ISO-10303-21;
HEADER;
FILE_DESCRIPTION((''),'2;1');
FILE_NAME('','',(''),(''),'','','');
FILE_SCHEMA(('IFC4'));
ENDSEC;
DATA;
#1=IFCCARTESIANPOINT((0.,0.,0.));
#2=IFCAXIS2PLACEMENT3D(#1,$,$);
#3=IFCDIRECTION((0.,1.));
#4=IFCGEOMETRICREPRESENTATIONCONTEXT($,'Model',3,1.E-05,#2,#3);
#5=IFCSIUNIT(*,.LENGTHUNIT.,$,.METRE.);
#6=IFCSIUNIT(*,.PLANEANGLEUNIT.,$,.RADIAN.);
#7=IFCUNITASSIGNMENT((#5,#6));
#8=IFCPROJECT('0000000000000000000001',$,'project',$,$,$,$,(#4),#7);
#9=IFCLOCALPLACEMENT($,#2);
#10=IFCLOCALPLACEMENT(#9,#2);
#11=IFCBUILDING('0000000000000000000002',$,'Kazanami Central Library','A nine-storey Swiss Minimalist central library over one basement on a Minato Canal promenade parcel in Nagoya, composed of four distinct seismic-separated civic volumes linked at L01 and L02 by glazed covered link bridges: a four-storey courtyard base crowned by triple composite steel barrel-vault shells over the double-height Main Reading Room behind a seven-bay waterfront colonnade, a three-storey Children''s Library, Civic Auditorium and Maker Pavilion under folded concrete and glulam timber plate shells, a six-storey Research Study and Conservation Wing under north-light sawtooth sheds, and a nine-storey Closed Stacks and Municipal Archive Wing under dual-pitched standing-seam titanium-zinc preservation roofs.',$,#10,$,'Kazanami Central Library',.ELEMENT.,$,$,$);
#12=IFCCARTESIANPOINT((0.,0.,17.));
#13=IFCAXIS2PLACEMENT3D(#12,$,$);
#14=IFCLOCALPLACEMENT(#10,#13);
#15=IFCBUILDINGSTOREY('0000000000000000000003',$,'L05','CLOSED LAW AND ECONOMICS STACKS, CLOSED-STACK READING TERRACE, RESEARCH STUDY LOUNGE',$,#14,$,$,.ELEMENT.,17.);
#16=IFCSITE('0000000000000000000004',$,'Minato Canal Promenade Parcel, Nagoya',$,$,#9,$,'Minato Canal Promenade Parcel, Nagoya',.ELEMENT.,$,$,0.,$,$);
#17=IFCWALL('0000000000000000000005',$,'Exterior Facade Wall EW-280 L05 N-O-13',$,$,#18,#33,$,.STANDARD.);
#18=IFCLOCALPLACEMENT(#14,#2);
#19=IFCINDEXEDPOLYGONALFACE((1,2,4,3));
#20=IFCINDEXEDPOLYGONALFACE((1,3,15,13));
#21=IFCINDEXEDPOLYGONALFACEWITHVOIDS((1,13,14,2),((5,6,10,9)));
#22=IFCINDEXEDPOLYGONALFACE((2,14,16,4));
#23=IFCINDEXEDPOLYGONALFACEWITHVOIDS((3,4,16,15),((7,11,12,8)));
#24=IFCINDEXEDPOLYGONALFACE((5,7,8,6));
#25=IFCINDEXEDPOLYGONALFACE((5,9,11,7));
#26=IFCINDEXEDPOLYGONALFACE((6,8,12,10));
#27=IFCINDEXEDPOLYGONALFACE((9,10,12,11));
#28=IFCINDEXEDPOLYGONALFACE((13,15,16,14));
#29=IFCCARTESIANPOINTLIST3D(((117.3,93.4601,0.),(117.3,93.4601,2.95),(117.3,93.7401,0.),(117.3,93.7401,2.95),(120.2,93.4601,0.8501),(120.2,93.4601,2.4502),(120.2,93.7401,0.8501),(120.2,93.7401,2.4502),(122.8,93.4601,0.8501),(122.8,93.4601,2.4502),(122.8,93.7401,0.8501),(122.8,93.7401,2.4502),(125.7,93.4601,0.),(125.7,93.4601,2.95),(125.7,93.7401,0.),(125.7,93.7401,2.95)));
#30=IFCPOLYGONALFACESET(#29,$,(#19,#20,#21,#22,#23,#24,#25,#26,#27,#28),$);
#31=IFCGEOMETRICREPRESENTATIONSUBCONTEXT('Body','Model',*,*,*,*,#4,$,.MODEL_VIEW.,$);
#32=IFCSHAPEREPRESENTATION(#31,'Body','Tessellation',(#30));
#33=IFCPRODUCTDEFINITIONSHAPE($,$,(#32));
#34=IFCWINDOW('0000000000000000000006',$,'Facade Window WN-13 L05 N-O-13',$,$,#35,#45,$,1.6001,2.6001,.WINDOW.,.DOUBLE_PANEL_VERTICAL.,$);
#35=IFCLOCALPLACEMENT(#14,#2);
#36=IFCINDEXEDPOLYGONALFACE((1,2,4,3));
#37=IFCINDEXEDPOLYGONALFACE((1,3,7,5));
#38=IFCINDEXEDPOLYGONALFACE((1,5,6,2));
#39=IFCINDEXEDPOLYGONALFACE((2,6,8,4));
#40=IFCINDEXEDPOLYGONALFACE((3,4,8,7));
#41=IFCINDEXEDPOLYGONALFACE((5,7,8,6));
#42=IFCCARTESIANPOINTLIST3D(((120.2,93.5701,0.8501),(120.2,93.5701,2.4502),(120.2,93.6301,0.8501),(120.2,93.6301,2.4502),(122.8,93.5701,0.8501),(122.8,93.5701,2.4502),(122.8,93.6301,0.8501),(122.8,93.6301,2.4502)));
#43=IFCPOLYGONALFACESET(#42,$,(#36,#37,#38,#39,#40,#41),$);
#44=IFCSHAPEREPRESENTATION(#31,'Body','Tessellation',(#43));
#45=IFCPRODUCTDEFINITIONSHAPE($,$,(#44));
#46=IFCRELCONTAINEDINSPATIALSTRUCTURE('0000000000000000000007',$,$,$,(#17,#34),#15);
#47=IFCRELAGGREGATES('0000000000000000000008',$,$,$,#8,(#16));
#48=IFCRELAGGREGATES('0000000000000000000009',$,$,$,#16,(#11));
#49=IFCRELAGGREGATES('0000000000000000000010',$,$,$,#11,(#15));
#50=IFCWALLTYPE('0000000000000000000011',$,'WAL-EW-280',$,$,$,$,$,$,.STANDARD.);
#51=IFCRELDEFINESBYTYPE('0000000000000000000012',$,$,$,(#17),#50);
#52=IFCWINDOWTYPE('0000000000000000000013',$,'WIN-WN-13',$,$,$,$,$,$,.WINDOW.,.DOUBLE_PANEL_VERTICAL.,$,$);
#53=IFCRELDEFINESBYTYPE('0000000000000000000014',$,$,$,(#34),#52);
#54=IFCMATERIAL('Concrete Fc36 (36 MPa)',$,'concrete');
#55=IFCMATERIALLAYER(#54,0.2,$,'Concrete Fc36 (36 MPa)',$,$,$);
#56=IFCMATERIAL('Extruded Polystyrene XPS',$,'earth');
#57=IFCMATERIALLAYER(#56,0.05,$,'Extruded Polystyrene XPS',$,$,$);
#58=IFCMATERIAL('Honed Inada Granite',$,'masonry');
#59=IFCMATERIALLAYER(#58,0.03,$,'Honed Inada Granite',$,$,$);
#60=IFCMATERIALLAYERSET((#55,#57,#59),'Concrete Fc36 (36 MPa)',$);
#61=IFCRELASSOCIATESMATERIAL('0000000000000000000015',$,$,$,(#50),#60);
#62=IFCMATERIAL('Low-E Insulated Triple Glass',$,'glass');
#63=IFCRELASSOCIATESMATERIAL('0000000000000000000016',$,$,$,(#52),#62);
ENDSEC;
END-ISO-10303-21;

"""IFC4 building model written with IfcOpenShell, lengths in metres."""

from ifc_helpers import new_model, si_unit, direction, frame, frame_2d, origin, place, context, subcontext, project, spatial, rectangle, extrude, material, layer, layer_set, type_object, element, fill, save


model = new_model("IFC4")

# Units and contexts
model_context = context("Model", 3, precision=1e-05, world=origin(), true_north=direction((0.0, 1.0)))
body_context = subcontext(model_context, "Body", "Model", "MODEL_VIEW")
ifc_project = project(units=[si_unit("LENGTHUNIT", "METRE"), si_unit("PLANEANGLEUNIT", "RADIAN")], contexts=[model_context])

# Site, building, storey
site_placement = place(None, origin())
site = spatial("IfcSite", under=ifc_project, at=site_placement, Name="Minato Canal Promenade Parcel, Nagoya", LongName="Minato Canal Promenade Parcel, Nagoya", CompositionType="ELEMENT", RefElevation=0.0)
building_placement = place(site_placement, origin())
building = spatial("IfcBuilding", under=site, at=building_placement, Name="Kazanami Central Library", Description="A nine-storey Swiss Minimalist central library over one basement on a Minato Canal promenade parcel in Nagoya, composed of four distinct seismic-separated civic volumes linked at L01 and L02 by glazed covered link bridges: a four-storey courtyard base crowned by triple composite steel barrel-vault shells over the double-height Main Reading Room behind a seven-bay waterfront colonnade, a three-storey Children's Library, Civic Auditorium and Maker Pavilion under folded concrete and glulam timber plate shells, a six-storey Research Study and Conservation Wing under north-light sawtooth sheds, and a nine-storey Closed Stacks and Municipal Archive Wing under dual-pitched standing-seam titanium-zinc preservation roofs.", LongName="Kazanami Central Library", CompositionType="ELEMENT")
storey_placement = place(building_placement, frame((0.0, 0.0, 17.0)))
storey = spatial("IfcBuildingStorey", under=building, at=storey_placement, Name="L05", Description="CLOSED LAW AND ECONOMICS STACKS, CLOSED-STACK READING TERRACE, RESEARCH STUDY LOUNGE", CompositionType="ELEMENT", Elevation=17.0)

# Shared definitions
ifc_material_1 = material(Name="Low-E Insulated Triple Glass", Category="glass")

# Wall, opening, window
ifc_material_2 = material(Name="Concrete Fc36 (36 MPa)", Category="concrete")
ifc_layer_1 = layer(ifc_material_2, 0.2, Name="Concrete Fc36 (36 MPa)")
ifc_material_3 = material(Name="Extruded Polystyrene XPS", Category="earth")
ifc_layer_2 = layer(ifc_material_3, 0.05, Name="Extruded Polystyrene XPS")
ifc_material_4 = material(Name="Honed Inada Granite", Category="masonry")
ifc_layer_3 = layer(ifc_material_4, 0.03, Name="Honed Inada Granite")
ifc_layer_set_1 = layer_set([ifc_layer_1, ifc_layer_2, ifc_layer_3], Name="Concrete Fc36 (36 MPa)")
wall_type = type_object("IfcWallType", Name="WAL-EW-280", PredefinedType="STANDARD", material=ifc_layer_set_1)
wall_placement = place(storey_placement, frame((125.7, 93.6001, 0.0), z_axis=(0.0, 0.0, 1.0), x_axis=(-1.0, 0.0, 0.0)))
wall = element("IfcWall", 1, at=wall_placement, inside=storey, type_object=wall_type, Name="Exterior Facade Wall EW-280 L05 N-O-13", PredefinedType="STANDARD", context=body_context, shape_type="SweptSolid", body=[
    extrude(rectangle(XDim=8.3999, YDim=0.28, at=frame_2d((4.2, 0.0))), origin(), (0.0, 0.0, 1.0), 2.95),
])
opening_placement = place(wall_placement, frame((2.8999, 0.0, 0.8501)))
opening = element("IfcOpeningElement", 2, at=opening_placement, cuts=wall, PredefinedType="OPENING", context=body_context, shape_type="SweptSolid", body=[
    extrude(rectangle(XDim=2.6001, YDim=1.6001, at=frame_2d((1.3, 0.8))), frame((0.0, 0.1519, 0.0), z_axis=(0.0, -1.0, 0.0), x_axis=(1.0, 0.0, 0.0)), (0.0, 0.0, 1.0), 0.304),
])
window_type = type_object("IfcWindowType", Name="WIN-WN-13", PartitioningType="DOUBLE_PANEL_VERTICAL", PredefinedType="WINDOW", material=ifc_material_1)
window_placement = place(opening_placement, origin())
window = element("IfcWindow", 3, at=window_placement, inside=storey, type_object=window_type, Name="Facade Window WN-13 L05 N-O-13", OverallHeight=1.6001, OverallWidth=2.6001, PartitioningType="DOUBLE_PANEL_VERTICAL", PredefinedType="WINDOW", context=body_context, shape_type="SweptSolid", body=[
    extrude(rectangle(XDim=2.6001, YDim=1.6001, at=frame_2d((1.3, 0.8))), frame((0.0, 0.03, 0.0), z_axis=(0.0, -1.0, 0.0), x_axis=(1.0, 0.0, 0.0)), (0.0, 0.0, 1.0), 0.0601),
])
fill(opening, window)

save(model, "model.ifc")
